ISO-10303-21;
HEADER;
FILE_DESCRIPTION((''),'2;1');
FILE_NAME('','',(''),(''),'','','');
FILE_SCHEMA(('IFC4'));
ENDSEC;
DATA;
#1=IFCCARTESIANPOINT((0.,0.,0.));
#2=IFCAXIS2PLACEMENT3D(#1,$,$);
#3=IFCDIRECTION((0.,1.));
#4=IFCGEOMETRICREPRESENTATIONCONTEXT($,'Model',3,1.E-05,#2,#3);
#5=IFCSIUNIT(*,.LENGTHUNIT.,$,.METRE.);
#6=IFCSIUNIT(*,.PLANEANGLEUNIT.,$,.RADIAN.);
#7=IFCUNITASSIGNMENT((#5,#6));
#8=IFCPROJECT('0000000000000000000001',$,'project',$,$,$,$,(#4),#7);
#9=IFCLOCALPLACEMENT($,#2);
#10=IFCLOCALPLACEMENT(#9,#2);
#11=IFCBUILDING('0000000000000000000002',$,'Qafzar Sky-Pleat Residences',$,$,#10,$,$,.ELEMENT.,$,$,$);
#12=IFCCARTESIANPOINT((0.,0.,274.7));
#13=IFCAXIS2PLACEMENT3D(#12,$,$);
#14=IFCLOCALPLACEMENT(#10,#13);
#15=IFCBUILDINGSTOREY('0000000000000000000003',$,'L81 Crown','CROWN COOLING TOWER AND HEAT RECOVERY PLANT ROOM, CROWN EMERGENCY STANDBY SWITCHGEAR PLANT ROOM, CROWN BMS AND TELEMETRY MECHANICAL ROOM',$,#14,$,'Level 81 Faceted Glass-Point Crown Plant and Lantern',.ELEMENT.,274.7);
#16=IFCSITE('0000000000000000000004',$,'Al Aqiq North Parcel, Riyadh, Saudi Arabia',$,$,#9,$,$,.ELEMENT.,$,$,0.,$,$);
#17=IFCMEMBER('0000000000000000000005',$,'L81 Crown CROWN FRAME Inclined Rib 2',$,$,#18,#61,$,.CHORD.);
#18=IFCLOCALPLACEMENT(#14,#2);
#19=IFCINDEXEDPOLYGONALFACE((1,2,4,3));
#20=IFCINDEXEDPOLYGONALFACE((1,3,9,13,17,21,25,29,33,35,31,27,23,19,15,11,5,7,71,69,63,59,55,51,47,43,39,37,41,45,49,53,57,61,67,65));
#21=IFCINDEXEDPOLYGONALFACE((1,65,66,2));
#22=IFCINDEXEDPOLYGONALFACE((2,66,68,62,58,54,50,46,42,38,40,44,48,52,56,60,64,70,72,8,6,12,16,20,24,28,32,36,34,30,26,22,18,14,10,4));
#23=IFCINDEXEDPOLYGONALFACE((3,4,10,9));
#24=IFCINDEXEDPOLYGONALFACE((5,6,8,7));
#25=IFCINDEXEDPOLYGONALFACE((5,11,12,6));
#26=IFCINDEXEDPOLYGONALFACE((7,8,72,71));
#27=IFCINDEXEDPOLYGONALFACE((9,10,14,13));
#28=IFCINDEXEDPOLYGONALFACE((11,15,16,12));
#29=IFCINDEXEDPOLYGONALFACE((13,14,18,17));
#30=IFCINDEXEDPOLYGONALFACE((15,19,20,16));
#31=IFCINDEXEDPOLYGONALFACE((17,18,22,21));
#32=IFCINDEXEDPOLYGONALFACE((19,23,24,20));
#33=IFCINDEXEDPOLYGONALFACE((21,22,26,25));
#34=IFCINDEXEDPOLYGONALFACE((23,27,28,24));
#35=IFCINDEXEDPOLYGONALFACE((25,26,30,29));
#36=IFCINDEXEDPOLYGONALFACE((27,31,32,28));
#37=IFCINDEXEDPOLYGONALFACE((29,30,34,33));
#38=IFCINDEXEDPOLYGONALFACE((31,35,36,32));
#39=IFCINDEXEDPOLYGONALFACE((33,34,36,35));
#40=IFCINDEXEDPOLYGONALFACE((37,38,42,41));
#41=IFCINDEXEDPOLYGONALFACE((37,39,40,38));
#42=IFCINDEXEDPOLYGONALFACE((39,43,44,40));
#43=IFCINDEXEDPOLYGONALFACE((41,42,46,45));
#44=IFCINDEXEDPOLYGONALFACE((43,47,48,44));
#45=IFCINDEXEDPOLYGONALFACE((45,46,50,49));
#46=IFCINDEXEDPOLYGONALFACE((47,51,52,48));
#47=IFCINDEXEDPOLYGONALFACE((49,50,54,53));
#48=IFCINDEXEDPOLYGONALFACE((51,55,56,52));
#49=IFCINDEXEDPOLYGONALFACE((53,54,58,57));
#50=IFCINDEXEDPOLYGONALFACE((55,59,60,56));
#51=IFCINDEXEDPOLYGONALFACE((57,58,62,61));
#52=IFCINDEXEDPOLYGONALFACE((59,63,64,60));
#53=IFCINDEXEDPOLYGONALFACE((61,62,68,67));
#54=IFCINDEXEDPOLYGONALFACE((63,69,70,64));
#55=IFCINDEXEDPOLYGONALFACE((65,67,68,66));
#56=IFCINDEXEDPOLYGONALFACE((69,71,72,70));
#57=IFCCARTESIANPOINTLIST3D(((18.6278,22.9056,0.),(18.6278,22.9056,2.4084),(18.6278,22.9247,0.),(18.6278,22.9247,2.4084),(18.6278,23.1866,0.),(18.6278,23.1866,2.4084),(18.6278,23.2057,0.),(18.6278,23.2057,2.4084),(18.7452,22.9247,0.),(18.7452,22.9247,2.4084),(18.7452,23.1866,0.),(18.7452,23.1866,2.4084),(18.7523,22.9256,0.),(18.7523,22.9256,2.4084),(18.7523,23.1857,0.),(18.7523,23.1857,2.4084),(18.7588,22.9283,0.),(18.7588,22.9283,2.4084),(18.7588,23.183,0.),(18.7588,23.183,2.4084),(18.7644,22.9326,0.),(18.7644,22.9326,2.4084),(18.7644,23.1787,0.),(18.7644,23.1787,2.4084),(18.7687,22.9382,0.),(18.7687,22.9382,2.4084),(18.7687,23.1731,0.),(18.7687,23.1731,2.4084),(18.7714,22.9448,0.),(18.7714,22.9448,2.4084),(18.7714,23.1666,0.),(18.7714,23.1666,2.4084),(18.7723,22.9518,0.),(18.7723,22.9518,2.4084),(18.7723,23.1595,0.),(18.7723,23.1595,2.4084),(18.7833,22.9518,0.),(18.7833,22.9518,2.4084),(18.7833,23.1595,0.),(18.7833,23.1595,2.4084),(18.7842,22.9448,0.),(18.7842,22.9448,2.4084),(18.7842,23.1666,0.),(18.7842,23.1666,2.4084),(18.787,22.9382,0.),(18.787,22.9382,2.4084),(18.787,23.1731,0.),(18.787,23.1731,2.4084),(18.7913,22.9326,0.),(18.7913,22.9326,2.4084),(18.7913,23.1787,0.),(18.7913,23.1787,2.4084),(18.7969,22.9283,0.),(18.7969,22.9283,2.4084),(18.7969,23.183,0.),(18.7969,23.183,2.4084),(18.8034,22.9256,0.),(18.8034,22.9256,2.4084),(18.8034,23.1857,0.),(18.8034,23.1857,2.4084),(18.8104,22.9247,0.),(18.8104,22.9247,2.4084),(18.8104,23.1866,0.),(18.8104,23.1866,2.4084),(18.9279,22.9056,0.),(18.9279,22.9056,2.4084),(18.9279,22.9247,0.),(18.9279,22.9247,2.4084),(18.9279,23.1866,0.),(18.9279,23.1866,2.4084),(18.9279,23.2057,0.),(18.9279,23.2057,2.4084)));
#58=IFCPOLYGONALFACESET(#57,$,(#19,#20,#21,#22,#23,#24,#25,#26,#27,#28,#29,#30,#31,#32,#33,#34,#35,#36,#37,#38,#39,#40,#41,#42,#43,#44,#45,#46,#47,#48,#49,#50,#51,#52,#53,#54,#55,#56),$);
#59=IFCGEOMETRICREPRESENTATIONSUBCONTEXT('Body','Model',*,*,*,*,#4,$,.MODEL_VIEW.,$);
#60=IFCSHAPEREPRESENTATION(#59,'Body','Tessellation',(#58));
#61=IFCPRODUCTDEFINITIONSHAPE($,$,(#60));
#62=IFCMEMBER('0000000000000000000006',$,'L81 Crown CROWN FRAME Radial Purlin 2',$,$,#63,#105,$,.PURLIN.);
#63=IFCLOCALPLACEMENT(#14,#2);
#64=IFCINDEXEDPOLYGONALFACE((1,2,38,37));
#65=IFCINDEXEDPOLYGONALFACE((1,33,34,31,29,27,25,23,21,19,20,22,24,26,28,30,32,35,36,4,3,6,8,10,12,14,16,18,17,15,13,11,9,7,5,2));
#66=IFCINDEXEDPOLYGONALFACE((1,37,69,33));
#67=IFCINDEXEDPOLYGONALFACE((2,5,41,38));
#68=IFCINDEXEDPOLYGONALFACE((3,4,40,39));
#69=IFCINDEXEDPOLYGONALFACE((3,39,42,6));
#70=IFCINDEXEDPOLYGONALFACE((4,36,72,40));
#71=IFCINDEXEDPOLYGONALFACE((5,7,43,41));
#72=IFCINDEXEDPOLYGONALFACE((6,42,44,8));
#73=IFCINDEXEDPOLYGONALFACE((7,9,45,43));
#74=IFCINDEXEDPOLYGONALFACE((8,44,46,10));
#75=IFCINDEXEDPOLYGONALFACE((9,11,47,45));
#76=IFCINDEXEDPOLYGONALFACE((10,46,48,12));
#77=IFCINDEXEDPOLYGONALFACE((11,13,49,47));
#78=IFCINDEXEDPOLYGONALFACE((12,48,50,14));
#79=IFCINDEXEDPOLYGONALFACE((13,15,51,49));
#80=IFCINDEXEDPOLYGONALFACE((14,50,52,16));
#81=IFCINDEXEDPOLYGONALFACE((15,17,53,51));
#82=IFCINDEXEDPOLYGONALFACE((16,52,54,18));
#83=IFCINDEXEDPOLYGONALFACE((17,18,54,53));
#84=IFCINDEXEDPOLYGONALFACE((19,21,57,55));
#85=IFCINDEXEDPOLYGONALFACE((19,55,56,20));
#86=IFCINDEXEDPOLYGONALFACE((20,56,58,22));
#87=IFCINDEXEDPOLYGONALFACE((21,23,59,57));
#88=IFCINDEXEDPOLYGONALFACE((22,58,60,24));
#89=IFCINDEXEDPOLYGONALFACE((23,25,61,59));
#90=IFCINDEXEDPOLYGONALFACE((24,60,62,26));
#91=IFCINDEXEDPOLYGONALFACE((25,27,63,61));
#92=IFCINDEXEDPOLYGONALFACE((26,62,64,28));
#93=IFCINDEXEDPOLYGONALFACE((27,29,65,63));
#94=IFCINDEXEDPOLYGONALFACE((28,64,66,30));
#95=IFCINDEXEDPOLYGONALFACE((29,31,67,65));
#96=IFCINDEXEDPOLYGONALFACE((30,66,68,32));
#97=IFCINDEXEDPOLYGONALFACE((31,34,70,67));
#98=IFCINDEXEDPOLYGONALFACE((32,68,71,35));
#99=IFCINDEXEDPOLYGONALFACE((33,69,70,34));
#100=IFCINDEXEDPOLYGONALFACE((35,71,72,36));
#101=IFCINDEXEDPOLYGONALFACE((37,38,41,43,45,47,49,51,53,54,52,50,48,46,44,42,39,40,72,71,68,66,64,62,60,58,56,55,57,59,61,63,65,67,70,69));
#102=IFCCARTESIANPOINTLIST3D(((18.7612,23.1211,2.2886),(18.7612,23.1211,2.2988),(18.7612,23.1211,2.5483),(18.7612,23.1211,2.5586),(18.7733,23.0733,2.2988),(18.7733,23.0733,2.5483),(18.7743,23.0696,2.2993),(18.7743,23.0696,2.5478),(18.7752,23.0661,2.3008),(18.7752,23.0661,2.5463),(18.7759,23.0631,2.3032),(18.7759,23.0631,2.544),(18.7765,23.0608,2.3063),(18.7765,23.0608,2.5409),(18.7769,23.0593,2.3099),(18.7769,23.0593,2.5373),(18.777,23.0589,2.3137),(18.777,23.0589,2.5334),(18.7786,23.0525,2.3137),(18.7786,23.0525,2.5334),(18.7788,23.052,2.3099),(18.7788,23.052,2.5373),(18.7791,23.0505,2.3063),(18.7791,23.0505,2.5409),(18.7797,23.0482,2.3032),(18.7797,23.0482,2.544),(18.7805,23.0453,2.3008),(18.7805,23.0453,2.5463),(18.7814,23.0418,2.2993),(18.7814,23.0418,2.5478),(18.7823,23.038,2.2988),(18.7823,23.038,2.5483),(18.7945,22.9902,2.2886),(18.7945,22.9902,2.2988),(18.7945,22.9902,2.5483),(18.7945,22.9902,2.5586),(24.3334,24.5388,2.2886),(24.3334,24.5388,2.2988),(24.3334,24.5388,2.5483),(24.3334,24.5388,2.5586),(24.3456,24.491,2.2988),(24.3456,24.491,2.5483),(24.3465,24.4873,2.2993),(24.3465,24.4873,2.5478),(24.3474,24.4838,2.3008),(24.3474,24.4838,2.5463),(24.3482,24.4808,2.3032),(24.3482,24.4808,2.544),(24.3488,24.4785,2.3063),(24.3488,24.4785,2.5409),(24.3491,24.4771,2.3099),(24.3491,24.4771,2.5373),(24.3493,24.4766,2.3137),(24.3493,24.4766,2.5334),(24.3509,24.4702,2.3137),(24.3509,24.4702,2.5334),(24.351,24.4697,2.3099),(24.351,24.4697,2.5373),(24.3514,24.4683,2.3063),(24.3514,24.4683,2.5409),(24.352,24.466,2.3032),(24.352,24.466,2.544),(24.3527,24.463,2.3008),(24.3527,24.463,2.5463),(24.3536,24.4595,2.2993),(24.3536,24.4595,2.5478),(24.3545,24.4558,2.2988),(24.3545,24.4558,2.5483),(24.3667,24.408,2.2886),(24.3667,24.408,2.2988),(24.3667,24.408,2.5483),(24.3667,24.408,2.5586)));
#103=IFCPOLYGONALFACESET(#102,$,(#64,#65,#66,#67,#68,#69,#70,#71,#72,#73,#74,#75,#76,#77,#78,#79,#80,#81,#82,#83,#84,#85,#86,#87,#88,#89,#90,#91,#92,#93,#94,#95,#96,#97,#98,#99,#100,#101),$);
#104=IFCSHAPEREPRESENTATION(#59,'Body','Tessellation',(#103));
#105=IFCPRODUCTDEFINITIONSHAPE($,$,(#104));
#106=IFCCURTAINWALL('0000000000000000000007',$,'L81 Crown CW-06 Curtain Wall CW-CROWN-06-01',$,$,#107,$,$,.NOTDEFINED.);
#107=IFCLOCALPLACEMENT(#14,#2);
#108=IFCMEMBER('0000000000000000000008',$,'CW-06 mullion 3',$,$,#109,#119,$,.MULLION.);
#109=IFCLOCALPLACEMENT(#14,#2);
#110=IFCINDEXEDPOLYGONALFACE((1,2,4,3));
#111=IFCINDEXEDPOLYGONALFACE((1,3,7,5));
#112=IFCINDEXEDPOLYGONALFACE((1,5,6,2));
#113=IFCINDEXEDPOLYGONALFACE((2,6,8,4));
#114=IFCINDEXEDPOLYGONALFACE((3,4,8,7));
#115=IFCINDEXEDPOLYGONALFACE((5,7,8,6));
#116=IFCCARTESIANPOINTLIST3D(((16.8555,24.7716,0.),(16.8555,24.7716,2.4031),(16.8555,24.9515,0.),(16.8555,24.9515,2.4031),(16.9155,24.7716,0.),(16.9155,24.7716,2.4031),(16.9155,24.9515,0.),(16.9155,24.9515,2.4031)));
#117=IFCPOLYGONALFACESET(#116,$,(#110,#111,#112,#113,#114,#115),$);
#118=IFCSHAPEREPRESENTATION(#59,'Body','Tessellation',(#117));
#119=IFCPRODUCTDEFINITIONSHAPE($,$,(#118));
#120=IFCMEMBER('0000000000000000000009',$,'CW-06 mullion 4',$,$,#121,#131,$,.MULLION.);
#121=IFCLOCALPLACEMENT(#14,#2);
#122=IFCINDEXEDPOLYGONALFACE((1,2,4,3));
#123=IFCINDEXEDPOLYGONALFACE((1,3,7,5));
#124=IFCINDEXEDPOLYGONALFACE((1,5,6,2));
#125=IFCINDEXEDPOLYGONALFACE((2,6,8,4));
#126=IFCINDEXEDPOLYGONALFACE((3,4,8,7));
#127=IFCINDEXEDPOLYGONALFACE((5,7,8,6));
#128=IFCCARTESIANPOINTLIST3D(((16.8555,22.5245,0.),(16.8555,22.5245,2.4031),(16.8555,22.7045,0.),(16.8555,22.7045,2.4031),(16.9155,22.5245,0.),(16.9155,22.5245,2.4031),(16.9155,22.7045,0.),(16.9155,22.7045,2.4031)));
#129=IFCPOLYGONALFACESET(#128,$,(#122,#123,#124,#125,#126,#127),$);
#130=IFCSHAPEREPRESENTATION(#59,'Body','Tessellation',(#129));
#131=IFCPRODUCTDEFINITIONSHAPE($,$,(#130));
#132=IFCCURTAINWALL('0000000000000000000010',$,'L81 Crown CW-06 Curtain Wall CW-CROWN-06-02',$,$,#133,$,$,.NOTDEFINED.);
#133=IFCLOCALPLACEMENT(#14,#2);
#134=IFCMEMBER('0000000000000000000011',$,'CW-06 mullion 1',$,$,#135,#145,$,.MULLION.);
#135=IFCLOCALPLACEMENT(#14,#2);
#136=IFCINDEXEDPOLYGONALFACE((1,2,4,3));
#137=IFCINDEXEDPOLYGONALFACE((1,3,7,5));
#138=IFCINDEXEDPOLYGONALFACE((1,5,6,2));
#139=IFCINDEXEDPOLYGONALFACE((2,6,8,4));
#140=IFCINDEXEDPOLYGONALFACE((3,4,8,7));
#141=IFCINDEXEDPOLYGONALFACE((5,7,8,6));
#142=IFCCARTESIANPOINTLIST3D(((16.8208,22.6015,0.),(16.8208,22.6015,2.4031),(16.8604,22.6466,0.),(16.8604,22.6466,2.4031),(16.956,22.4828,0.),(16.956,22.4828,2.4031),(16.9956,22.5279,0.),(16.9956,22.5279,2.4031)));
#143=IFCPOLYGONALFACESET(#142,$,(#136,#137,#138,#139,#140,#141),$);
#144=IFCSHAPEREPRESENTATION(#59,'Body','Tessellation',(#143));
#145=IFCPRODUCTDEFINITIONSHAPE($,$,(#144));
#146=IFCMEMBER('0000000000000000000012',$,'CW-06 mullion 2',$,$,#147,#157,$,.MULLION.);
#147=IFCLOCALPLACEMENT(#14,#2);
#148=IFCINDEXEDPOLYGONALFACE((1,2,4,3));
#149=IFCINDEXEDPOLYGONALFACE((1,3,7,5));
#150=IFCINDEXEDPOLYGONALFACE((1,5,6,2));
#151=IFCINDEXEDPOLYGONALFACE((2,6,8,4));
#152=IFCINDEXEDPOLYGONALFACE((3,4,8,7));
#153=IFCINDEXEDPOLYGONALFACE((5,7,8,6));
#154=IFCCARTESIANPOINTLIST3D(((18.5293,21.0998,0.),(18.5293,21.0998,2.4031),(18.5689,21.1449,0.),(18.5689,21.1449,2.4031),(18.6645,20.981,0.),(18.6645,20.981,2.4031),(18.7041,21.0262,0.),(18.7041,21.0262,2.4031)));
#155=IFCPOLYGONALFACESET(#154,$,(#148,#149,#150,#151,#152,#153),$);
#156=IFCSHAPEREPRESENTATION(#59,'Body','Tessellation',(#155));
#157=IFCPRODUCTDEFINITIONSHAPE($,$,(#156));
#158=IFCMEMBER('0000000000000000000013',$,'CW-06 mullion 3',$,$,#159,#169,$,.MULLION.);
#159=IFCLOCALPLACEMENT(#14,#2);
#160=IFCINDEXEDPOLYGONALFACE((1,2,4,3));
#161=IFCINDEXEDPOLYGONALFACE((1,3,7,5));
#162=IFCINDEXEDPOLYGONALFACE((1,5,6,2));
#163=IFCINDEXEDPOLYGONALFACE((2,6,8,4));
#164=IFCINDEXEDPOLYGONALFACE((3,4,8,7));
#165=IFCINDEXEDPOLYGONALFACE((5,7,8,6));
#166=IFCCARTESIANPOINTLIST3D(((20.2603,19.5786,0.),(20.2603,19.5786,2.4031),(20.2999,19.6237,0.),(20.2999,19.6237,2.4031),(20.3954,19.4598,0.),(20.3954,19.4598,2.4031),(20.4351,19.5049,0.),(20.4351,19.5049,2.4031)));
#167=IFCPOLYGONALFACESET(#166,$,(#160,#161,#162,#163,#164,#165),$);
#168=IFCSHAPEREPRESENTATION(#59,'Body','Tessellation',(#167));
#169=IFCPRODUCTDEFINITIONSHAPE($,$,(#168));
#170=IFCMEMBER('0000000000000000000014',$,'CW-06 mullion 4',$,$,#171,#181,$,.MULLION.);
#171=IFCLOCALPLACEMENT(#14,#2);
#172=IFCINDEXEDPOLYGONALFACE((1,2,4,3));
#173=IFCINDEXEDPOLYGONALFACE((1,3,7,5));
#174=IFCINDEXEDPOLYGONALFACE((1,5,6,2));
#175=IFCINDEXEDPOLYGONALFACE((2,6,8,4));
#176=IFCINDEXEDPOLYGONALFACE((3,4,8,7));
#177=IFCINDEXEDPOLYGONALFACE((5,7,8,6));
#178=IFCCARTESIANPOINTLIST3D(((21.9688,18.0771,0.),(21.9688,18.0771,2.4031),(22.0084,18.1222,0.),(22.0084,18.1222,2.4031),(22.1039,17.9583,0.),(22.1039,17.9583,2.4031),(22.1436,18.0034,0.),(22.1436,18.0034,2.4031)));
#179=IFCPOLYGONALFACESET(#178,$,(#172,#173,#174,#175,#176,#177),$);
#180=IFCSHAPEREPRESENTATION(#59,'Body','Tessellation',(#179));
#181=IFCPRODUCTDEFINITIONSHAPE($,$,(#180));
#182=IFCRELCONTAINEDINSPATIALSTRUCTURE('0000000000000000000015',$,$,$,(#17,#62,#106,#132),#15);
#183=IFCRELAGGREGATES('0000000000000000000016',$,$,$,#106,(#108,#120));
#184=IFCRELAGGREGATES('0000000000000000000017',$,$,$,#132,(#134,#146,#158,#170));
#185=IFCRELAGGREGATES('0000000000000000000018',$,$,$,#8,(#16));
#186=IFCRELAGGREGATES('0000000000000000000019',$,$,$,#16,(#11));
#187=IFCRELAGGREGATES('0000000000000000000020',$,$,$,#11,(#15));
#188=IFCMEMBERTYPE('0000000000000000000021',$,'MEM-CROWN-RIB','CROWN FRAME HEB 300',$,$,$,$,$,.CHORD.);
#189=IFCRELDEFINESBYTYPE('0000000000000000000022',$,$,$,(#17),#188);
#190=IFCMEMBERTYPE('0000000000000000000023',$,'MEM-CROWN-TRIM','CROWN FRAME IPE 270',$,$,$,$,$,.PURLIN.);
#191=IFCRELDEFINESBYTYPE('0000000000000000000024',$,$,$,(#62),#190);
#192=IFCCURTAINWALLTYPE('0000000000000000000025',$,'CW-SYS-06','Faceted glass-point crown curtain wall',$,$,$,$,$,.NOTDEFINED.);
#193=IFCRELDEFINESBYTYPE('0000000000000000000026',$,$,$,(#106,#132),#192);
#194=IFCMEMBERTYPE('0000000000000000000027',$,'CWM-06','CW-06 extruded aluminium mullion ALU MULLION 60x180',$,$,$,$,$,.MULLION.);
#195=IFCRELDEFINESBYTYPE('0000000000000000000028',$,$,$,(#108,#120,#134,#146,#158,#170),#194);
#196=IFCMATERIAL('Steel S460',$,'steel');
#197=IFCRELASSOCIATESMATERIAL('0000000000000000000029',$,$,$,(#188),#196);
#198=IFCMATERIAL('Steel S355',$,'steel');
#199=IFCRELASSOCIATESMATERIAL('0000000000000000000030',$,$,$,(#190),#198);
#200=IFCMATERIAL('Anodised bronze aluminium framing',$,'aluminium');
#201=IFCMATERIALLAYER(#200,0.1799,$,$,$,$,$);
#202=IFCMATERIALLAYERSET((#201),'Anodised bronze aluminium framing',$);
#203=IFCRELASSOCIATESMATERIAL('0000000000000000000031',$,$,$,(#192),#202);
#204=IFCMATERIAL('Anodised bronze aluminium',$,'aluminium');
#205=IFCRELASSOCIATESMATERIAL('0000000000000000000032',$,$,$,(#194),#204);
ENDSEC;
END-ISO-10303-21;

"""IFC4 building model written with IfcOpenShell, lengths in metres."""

from ifc_helpers import new_model, si_unit, direction, frame, origin, origin_2d, place, context, subcontext, project, spatial, rectangle, i_section, extrude, source, transform, mapped, material, layer, layer_set, material_profile, profile_set, type_object, element, aggregate, save


model = new_model("IFC4")

# Units and contexts
model_context = context("Model", 3, precision=1e-05, world=origin(), true_north=direction((0.0, 1.0)))
body_context = subcontext(model_context, "Body", "Model", "MODEL_VIEW")
ifc_project = project(units=[si_unit("LENGTHUNIT", "METRE"), si_unit("PLANEANGLEUNIT", "RADIAN")], contexts=[model_context])

# Site, building, storey
site_placement = place(None, origin())
site = spatial("IfcSite", under=ifc_project, at=site_placement, Name="Al Aqiq North Parcel, Riyadh, Saudi Arabia", CompositionType="ELEMENT", RefElevation=0.0)
building_placement = place(site_placement, origin())
building = spatial("IfcBuilding", under=site, at=building_placement, Name="Qafzar Sky-Pleat Residences", CompositionType="ELEMENT")
storey_placement = place(building_placement, frame((0.0, 0.0, 274.7)))
storey = spatial("IfcBuildingStorey", under=building, at=storey_placement, Name="L81 Crown", Description="CROWN COOLING TOWER AND HEAT RECOVERY PLANT ROOM, CROWN EMERGENCY STANDBY SWITCHGEAR PLANT ROOM, CROWN BMS AND TELEMETRY MECHANICAL ROOM", LongName="Level 81 Faceted Glass-Point Crown Plant and Lantern", CompositionType="ELEMENT", Elevation=274.7)

# Members
ifc_material_1 = material(Name="Steel S460", Category="steel")
ifc_material_profile_1 = material_profile(ifc_material_1, i_section(OverallWidth=0.3, OverallDepth=0.3, WebThickness=0.011, FlangeThickness=0.019, FilletRadius=0.0271, at=origin_2d()), Name="HEB 300")
ifc_profile_set_1 = profile_set([ifc_material_profile_1], Name="Steel S460")
member_type_1 = type_object("IfcMemberType", Name="MEM-CROWN-RIB", Description="CROWN FRAME HEB 300", PredefinedType="CHORD", material=ifc_profile_set_1)
shared_shape_1 = source(origin(), body_context, "Body", "SweptSolid", [
    extrude(i_section(OverallWidth=0.3, OverallDepth=0.3, WebThickness=0.011, FlangeThickness=0.019, FilletRadius=0.0271, at=origin_2d()), origin(), (0.0, 0.0, 1.0), 2.4084),
])
member_1_placement = place(storey_placement, frame((18.7778, 23.0557, 0.0), z_axis=(0.0, 0.0, 1.0), x_axis=(1.0, 0.0, 0.0)))
element("IfcMember", 1, at=member_1_placement, inside=storey, type_object=member_type_1, Name="L81 Crown CROWN FRAME Inclined Rib 2", PredefinedType="CHORD", context=body_context, shape_type="MappedRepresentation", body=[
    mapped(shared_shape_1, transform((0.0, 0.0, 0.0), x_axis=(1.0, 0.0, 0.0), y_axis=(0.0, 1.0, 0.0), z_axis=(0.0, 0.0, 1.0), scale=1.0)),
])
ifc_material_2 = material(Name="Steel S355", Category="steel")
ifc_material_profile_2 = material_profile(ifc_material_2, i_section(OverallWidth=0.135, OverallDepth=0.27, WebThickness=0.0066, FlangeThickness=0.0103, FilletRadius=0.0149, at=origin_2d()), Name="IPE 270")
ifc_profile_set_2 = profile_set([ifc_material_profile_2], Name="Steel S355")
member_type_2 = type_object("IfcMemberType", Name="MEM-CROWN-TRIM", Description="CROWN FRAME IPE 270", PredefinedType="PURLIN", material=ifc_profile_set_2)
shared_shape_2 = source(origin(), body_context, "Body", "SweptSolid", [
    extrude(i_section(OverallWidth=0.135, OverallDepth=0.27, WebThickness=0.0066, FlangeThickness=0.0103, FilletRadius=0.0149, at=origin_2d()), origin(), (0.0, 0.0, 1.0), 5.7498),
])
member_2_placement = place(storey_placement, frame((18.7778, 23.0557, 2.4236), z_axis=(0.969125, 0.24657, 0.0), x_axis=(-0.24657, 0.969125, 0.0)))
element("IfcMember", 2, at=member_2_placement, inside=storey, type_object=member_type_2, Name="L81 Crown CROWN FRAME Radial Purlin 2", PredefinedType="PURLIN", context=body_context, shape_type="MappedRepresentation", body=[
    mapped(shared_shape_2, transform((0.0, 0.0, 0.0), x_axis=(1.0, 0.0, 0.0), y_axis=(0.0, 1.0, 0.0), z_axis=(0.0, 0.0, 1.0), scale=1.0)),
])

# Curtain walls, members
ifc_material_3 = material(Name="Anodised bronze aluminium framing", Category="aluminium")
ifc_layer_1 = layer(ifc_material_3, 0.1799)
ifc_layer_set_1 = layer_set([ifc_layer_1], Name="Anodised bronze aluminium framing")
curtain_wall_type = type_object("IfcCurtainWallType", Name="CW-SYS-06", Description="Faceted glass-point crown curtain wall", PredefinedType="NOTDEFINED", material=ifc_layer_set_1)
curtain_wall_1_placement = place(storey_placement, origin())
curtain_wall_1 = element("IfcCurtainWall", 3, at=curtain_wall_1_placement, inside=storey, type_object=curtain_wall_type, Name="L81 Crown CW-06 Curtain Wall CW-CROWN-06-01", PredefinedType="NOTDEFINED")
ifc_material_4 = material(Name="Anodised bronze aluminium", Category="aluminium")
ifc_material_profile_3 = material_profile(ifc_material_4, rectangle(XDim=0.0601, YDim=0.1799, at=origin_2d()), Name="ALU MULLION 60x180")
ifc_profile_set_3 = profile_set([ifc_material_profile_3], Name="Anodised bronze aluminium")
member_type_3 = type_object("IfcMemberType", Name="CWM-06", Description="CW-06 extruded aluminium mullion ALU MULLION 60x180", PredefinedType="MULLION", material=ifc_profile_set_3)
shared_shape_3 = source(origin(), body_context, "Body", "SweptSolid", [
    extrude(rectangle(XDim=0.0601, YDim=0.1799, at=origin_2d()), origin(), (0.0, 0.0, 1.0), 2.4031),
])
member_3_placement = place(storey_placement, frame((16.8855, 24.8616, 0.0), z_axis=(0.0, 0.0, 1.0), x_axis=(1.0, 0.0, 0.0)))
member_3 = element("IfcMember", 4, at=member_3_placement, type_object=member_type_3, Name="CW-06 mullion 3", PredefinedType="MULLION", context=body_context, shape_type="MappedRepresentation", body=[
    mapped(shared_shape_3, transform((0.0, 0.0, 0.0), x_axis=(1.0, 0.0, 0.0), y_axis=(0.0, 1.0, 0.0), z_axis=(0.0, 0.0, 1.0), scale=1.0)),
])
member_4_placement = place(storey_placement, frame((16.8855, 22.6145, 0.0), z_axis=(0.0, 0.0, 1.0), x_axis=(1.0, 0.0, 0.0)))
member_4 = element("IfcMember", 5, at=member_4_placement, type_object=member_type_3, Name="CW-06 mullion 4", PredefinedType="MULLION", context=body_context, shape_type="MappedRepresentation", body=[
    mapped(shared_shape_3, transform((0.0, 0.0, 0.0), x_axis=(1.0, 0.0, 0.0), y_axis=(0.0, 1.0, 0.0), z_axis=(0.0, 0.0, 1.0), scale=1.0)),
])
curtain_wall_2_placement = place(storey_placement, origin())
curtain_wall_2 = element("IfcCurtainWall", 6, at=curtain_wall_2_placement, inside=storey, type_object=curtain_wall_type, Name="L81 Crown CW-06 Curtain Wall CW-CROWN-06-02", PredefinedType="NOTDEFINED")
member_5_placement = place(storey_placement, frame((16.9082, 22.5647, 0.0), z_axis=(0.0, 0.0, 1.0), x_axis=(0.660137, 0.751145, 0.0)))
member_5 = element("IfcMember", 7, at=member_5_placement, type_object=member_type_3, Name="CW-06 mullion 1", PredefinedType="MULLION", context=body_context, shape_type="MappedRepresentation", body=[
    mapped(shared_shape_3, transform((0.0, 0.0, 0.0), x_axis=(1.0, 0.0, 0.0), y_axis=(0.0, 1.0, 0.0), z_axis=(0.0, 0.0, 1.0), scale=1.0)),
])
member_6_placement = place(storey_placement, frame((18.6167, 21.063, 0.0), z_axis=(0.0, 0.0, 1.0), x_axis=(0.660137, 0.751145, 0.0)))
member_6 = element("IfcMember", 8, at=member_6_placement, type_object=member_type_3, Name="CW-06 mullion 2", PredefinedType="MULLION", context=body_context, shape_type="MappedRepresentation", body=[
    mapped(shared_shape_3, transform((0.0, 0.0, 0.0), x_axis=(1.0, 0.0, 0.0), y_axis=(0.0, 1.0, 0.0), z_axis=(0.0, 0.0, 1.0), scale=1.0)),
])
member_7_placement = place(storey_placement, frame((20.3477, 19.5417, 0.0), z_axis=(0.0, 0.0, 1.0), x_axis=(0.660137, 0.751145, 0.0)))
member_7 = element("IfcMember", 9, at=member_7_placement, type_object=member_type_3, Name="CW-06 mullion 3", PredefinedType="MULLION", context=body_context, shape_type="MappedRepresentation", body=[
    mapped(shared_shape_3, transform((0.0, 0.0, 0.0), x_axis=(1.0, 0.0, 0.0), y_axis=(0.0, 1.0, 0.0), z_axis=(0.0, 0.0, 1.0), scale=1.0)),
])
member_8_placement = place(storey_placement, frame((22.0562, 18.0403, 0.0), z_axis=(0.0, 0.0, 1.0), x_axis=(0.660137, 0.751145, 0.0)))
member_8 = element("IfcMember", 10, at=member_8_placement, type_object=member_type_3, Name="CW-06 mullion 4", PredefinedType="MULLION", context=body_context, shape_type="MappedRepresentation", body=[
    mapped(shared_shape_3, transform((0.0, 0.0, 0.0), x_axis=(1.0, 0.0, 0.0), y_axis=(0.0, 1.0, 0.0), z_axis=(0.0, 0.0, 1.0), scale=1.0)),
])

aggregate(curtain_wall_1, [member_3, member_4])
aggregate(curtain_wall_2, [member_5, member_6, member_7, member_8])

save(model, "model.ifc")
